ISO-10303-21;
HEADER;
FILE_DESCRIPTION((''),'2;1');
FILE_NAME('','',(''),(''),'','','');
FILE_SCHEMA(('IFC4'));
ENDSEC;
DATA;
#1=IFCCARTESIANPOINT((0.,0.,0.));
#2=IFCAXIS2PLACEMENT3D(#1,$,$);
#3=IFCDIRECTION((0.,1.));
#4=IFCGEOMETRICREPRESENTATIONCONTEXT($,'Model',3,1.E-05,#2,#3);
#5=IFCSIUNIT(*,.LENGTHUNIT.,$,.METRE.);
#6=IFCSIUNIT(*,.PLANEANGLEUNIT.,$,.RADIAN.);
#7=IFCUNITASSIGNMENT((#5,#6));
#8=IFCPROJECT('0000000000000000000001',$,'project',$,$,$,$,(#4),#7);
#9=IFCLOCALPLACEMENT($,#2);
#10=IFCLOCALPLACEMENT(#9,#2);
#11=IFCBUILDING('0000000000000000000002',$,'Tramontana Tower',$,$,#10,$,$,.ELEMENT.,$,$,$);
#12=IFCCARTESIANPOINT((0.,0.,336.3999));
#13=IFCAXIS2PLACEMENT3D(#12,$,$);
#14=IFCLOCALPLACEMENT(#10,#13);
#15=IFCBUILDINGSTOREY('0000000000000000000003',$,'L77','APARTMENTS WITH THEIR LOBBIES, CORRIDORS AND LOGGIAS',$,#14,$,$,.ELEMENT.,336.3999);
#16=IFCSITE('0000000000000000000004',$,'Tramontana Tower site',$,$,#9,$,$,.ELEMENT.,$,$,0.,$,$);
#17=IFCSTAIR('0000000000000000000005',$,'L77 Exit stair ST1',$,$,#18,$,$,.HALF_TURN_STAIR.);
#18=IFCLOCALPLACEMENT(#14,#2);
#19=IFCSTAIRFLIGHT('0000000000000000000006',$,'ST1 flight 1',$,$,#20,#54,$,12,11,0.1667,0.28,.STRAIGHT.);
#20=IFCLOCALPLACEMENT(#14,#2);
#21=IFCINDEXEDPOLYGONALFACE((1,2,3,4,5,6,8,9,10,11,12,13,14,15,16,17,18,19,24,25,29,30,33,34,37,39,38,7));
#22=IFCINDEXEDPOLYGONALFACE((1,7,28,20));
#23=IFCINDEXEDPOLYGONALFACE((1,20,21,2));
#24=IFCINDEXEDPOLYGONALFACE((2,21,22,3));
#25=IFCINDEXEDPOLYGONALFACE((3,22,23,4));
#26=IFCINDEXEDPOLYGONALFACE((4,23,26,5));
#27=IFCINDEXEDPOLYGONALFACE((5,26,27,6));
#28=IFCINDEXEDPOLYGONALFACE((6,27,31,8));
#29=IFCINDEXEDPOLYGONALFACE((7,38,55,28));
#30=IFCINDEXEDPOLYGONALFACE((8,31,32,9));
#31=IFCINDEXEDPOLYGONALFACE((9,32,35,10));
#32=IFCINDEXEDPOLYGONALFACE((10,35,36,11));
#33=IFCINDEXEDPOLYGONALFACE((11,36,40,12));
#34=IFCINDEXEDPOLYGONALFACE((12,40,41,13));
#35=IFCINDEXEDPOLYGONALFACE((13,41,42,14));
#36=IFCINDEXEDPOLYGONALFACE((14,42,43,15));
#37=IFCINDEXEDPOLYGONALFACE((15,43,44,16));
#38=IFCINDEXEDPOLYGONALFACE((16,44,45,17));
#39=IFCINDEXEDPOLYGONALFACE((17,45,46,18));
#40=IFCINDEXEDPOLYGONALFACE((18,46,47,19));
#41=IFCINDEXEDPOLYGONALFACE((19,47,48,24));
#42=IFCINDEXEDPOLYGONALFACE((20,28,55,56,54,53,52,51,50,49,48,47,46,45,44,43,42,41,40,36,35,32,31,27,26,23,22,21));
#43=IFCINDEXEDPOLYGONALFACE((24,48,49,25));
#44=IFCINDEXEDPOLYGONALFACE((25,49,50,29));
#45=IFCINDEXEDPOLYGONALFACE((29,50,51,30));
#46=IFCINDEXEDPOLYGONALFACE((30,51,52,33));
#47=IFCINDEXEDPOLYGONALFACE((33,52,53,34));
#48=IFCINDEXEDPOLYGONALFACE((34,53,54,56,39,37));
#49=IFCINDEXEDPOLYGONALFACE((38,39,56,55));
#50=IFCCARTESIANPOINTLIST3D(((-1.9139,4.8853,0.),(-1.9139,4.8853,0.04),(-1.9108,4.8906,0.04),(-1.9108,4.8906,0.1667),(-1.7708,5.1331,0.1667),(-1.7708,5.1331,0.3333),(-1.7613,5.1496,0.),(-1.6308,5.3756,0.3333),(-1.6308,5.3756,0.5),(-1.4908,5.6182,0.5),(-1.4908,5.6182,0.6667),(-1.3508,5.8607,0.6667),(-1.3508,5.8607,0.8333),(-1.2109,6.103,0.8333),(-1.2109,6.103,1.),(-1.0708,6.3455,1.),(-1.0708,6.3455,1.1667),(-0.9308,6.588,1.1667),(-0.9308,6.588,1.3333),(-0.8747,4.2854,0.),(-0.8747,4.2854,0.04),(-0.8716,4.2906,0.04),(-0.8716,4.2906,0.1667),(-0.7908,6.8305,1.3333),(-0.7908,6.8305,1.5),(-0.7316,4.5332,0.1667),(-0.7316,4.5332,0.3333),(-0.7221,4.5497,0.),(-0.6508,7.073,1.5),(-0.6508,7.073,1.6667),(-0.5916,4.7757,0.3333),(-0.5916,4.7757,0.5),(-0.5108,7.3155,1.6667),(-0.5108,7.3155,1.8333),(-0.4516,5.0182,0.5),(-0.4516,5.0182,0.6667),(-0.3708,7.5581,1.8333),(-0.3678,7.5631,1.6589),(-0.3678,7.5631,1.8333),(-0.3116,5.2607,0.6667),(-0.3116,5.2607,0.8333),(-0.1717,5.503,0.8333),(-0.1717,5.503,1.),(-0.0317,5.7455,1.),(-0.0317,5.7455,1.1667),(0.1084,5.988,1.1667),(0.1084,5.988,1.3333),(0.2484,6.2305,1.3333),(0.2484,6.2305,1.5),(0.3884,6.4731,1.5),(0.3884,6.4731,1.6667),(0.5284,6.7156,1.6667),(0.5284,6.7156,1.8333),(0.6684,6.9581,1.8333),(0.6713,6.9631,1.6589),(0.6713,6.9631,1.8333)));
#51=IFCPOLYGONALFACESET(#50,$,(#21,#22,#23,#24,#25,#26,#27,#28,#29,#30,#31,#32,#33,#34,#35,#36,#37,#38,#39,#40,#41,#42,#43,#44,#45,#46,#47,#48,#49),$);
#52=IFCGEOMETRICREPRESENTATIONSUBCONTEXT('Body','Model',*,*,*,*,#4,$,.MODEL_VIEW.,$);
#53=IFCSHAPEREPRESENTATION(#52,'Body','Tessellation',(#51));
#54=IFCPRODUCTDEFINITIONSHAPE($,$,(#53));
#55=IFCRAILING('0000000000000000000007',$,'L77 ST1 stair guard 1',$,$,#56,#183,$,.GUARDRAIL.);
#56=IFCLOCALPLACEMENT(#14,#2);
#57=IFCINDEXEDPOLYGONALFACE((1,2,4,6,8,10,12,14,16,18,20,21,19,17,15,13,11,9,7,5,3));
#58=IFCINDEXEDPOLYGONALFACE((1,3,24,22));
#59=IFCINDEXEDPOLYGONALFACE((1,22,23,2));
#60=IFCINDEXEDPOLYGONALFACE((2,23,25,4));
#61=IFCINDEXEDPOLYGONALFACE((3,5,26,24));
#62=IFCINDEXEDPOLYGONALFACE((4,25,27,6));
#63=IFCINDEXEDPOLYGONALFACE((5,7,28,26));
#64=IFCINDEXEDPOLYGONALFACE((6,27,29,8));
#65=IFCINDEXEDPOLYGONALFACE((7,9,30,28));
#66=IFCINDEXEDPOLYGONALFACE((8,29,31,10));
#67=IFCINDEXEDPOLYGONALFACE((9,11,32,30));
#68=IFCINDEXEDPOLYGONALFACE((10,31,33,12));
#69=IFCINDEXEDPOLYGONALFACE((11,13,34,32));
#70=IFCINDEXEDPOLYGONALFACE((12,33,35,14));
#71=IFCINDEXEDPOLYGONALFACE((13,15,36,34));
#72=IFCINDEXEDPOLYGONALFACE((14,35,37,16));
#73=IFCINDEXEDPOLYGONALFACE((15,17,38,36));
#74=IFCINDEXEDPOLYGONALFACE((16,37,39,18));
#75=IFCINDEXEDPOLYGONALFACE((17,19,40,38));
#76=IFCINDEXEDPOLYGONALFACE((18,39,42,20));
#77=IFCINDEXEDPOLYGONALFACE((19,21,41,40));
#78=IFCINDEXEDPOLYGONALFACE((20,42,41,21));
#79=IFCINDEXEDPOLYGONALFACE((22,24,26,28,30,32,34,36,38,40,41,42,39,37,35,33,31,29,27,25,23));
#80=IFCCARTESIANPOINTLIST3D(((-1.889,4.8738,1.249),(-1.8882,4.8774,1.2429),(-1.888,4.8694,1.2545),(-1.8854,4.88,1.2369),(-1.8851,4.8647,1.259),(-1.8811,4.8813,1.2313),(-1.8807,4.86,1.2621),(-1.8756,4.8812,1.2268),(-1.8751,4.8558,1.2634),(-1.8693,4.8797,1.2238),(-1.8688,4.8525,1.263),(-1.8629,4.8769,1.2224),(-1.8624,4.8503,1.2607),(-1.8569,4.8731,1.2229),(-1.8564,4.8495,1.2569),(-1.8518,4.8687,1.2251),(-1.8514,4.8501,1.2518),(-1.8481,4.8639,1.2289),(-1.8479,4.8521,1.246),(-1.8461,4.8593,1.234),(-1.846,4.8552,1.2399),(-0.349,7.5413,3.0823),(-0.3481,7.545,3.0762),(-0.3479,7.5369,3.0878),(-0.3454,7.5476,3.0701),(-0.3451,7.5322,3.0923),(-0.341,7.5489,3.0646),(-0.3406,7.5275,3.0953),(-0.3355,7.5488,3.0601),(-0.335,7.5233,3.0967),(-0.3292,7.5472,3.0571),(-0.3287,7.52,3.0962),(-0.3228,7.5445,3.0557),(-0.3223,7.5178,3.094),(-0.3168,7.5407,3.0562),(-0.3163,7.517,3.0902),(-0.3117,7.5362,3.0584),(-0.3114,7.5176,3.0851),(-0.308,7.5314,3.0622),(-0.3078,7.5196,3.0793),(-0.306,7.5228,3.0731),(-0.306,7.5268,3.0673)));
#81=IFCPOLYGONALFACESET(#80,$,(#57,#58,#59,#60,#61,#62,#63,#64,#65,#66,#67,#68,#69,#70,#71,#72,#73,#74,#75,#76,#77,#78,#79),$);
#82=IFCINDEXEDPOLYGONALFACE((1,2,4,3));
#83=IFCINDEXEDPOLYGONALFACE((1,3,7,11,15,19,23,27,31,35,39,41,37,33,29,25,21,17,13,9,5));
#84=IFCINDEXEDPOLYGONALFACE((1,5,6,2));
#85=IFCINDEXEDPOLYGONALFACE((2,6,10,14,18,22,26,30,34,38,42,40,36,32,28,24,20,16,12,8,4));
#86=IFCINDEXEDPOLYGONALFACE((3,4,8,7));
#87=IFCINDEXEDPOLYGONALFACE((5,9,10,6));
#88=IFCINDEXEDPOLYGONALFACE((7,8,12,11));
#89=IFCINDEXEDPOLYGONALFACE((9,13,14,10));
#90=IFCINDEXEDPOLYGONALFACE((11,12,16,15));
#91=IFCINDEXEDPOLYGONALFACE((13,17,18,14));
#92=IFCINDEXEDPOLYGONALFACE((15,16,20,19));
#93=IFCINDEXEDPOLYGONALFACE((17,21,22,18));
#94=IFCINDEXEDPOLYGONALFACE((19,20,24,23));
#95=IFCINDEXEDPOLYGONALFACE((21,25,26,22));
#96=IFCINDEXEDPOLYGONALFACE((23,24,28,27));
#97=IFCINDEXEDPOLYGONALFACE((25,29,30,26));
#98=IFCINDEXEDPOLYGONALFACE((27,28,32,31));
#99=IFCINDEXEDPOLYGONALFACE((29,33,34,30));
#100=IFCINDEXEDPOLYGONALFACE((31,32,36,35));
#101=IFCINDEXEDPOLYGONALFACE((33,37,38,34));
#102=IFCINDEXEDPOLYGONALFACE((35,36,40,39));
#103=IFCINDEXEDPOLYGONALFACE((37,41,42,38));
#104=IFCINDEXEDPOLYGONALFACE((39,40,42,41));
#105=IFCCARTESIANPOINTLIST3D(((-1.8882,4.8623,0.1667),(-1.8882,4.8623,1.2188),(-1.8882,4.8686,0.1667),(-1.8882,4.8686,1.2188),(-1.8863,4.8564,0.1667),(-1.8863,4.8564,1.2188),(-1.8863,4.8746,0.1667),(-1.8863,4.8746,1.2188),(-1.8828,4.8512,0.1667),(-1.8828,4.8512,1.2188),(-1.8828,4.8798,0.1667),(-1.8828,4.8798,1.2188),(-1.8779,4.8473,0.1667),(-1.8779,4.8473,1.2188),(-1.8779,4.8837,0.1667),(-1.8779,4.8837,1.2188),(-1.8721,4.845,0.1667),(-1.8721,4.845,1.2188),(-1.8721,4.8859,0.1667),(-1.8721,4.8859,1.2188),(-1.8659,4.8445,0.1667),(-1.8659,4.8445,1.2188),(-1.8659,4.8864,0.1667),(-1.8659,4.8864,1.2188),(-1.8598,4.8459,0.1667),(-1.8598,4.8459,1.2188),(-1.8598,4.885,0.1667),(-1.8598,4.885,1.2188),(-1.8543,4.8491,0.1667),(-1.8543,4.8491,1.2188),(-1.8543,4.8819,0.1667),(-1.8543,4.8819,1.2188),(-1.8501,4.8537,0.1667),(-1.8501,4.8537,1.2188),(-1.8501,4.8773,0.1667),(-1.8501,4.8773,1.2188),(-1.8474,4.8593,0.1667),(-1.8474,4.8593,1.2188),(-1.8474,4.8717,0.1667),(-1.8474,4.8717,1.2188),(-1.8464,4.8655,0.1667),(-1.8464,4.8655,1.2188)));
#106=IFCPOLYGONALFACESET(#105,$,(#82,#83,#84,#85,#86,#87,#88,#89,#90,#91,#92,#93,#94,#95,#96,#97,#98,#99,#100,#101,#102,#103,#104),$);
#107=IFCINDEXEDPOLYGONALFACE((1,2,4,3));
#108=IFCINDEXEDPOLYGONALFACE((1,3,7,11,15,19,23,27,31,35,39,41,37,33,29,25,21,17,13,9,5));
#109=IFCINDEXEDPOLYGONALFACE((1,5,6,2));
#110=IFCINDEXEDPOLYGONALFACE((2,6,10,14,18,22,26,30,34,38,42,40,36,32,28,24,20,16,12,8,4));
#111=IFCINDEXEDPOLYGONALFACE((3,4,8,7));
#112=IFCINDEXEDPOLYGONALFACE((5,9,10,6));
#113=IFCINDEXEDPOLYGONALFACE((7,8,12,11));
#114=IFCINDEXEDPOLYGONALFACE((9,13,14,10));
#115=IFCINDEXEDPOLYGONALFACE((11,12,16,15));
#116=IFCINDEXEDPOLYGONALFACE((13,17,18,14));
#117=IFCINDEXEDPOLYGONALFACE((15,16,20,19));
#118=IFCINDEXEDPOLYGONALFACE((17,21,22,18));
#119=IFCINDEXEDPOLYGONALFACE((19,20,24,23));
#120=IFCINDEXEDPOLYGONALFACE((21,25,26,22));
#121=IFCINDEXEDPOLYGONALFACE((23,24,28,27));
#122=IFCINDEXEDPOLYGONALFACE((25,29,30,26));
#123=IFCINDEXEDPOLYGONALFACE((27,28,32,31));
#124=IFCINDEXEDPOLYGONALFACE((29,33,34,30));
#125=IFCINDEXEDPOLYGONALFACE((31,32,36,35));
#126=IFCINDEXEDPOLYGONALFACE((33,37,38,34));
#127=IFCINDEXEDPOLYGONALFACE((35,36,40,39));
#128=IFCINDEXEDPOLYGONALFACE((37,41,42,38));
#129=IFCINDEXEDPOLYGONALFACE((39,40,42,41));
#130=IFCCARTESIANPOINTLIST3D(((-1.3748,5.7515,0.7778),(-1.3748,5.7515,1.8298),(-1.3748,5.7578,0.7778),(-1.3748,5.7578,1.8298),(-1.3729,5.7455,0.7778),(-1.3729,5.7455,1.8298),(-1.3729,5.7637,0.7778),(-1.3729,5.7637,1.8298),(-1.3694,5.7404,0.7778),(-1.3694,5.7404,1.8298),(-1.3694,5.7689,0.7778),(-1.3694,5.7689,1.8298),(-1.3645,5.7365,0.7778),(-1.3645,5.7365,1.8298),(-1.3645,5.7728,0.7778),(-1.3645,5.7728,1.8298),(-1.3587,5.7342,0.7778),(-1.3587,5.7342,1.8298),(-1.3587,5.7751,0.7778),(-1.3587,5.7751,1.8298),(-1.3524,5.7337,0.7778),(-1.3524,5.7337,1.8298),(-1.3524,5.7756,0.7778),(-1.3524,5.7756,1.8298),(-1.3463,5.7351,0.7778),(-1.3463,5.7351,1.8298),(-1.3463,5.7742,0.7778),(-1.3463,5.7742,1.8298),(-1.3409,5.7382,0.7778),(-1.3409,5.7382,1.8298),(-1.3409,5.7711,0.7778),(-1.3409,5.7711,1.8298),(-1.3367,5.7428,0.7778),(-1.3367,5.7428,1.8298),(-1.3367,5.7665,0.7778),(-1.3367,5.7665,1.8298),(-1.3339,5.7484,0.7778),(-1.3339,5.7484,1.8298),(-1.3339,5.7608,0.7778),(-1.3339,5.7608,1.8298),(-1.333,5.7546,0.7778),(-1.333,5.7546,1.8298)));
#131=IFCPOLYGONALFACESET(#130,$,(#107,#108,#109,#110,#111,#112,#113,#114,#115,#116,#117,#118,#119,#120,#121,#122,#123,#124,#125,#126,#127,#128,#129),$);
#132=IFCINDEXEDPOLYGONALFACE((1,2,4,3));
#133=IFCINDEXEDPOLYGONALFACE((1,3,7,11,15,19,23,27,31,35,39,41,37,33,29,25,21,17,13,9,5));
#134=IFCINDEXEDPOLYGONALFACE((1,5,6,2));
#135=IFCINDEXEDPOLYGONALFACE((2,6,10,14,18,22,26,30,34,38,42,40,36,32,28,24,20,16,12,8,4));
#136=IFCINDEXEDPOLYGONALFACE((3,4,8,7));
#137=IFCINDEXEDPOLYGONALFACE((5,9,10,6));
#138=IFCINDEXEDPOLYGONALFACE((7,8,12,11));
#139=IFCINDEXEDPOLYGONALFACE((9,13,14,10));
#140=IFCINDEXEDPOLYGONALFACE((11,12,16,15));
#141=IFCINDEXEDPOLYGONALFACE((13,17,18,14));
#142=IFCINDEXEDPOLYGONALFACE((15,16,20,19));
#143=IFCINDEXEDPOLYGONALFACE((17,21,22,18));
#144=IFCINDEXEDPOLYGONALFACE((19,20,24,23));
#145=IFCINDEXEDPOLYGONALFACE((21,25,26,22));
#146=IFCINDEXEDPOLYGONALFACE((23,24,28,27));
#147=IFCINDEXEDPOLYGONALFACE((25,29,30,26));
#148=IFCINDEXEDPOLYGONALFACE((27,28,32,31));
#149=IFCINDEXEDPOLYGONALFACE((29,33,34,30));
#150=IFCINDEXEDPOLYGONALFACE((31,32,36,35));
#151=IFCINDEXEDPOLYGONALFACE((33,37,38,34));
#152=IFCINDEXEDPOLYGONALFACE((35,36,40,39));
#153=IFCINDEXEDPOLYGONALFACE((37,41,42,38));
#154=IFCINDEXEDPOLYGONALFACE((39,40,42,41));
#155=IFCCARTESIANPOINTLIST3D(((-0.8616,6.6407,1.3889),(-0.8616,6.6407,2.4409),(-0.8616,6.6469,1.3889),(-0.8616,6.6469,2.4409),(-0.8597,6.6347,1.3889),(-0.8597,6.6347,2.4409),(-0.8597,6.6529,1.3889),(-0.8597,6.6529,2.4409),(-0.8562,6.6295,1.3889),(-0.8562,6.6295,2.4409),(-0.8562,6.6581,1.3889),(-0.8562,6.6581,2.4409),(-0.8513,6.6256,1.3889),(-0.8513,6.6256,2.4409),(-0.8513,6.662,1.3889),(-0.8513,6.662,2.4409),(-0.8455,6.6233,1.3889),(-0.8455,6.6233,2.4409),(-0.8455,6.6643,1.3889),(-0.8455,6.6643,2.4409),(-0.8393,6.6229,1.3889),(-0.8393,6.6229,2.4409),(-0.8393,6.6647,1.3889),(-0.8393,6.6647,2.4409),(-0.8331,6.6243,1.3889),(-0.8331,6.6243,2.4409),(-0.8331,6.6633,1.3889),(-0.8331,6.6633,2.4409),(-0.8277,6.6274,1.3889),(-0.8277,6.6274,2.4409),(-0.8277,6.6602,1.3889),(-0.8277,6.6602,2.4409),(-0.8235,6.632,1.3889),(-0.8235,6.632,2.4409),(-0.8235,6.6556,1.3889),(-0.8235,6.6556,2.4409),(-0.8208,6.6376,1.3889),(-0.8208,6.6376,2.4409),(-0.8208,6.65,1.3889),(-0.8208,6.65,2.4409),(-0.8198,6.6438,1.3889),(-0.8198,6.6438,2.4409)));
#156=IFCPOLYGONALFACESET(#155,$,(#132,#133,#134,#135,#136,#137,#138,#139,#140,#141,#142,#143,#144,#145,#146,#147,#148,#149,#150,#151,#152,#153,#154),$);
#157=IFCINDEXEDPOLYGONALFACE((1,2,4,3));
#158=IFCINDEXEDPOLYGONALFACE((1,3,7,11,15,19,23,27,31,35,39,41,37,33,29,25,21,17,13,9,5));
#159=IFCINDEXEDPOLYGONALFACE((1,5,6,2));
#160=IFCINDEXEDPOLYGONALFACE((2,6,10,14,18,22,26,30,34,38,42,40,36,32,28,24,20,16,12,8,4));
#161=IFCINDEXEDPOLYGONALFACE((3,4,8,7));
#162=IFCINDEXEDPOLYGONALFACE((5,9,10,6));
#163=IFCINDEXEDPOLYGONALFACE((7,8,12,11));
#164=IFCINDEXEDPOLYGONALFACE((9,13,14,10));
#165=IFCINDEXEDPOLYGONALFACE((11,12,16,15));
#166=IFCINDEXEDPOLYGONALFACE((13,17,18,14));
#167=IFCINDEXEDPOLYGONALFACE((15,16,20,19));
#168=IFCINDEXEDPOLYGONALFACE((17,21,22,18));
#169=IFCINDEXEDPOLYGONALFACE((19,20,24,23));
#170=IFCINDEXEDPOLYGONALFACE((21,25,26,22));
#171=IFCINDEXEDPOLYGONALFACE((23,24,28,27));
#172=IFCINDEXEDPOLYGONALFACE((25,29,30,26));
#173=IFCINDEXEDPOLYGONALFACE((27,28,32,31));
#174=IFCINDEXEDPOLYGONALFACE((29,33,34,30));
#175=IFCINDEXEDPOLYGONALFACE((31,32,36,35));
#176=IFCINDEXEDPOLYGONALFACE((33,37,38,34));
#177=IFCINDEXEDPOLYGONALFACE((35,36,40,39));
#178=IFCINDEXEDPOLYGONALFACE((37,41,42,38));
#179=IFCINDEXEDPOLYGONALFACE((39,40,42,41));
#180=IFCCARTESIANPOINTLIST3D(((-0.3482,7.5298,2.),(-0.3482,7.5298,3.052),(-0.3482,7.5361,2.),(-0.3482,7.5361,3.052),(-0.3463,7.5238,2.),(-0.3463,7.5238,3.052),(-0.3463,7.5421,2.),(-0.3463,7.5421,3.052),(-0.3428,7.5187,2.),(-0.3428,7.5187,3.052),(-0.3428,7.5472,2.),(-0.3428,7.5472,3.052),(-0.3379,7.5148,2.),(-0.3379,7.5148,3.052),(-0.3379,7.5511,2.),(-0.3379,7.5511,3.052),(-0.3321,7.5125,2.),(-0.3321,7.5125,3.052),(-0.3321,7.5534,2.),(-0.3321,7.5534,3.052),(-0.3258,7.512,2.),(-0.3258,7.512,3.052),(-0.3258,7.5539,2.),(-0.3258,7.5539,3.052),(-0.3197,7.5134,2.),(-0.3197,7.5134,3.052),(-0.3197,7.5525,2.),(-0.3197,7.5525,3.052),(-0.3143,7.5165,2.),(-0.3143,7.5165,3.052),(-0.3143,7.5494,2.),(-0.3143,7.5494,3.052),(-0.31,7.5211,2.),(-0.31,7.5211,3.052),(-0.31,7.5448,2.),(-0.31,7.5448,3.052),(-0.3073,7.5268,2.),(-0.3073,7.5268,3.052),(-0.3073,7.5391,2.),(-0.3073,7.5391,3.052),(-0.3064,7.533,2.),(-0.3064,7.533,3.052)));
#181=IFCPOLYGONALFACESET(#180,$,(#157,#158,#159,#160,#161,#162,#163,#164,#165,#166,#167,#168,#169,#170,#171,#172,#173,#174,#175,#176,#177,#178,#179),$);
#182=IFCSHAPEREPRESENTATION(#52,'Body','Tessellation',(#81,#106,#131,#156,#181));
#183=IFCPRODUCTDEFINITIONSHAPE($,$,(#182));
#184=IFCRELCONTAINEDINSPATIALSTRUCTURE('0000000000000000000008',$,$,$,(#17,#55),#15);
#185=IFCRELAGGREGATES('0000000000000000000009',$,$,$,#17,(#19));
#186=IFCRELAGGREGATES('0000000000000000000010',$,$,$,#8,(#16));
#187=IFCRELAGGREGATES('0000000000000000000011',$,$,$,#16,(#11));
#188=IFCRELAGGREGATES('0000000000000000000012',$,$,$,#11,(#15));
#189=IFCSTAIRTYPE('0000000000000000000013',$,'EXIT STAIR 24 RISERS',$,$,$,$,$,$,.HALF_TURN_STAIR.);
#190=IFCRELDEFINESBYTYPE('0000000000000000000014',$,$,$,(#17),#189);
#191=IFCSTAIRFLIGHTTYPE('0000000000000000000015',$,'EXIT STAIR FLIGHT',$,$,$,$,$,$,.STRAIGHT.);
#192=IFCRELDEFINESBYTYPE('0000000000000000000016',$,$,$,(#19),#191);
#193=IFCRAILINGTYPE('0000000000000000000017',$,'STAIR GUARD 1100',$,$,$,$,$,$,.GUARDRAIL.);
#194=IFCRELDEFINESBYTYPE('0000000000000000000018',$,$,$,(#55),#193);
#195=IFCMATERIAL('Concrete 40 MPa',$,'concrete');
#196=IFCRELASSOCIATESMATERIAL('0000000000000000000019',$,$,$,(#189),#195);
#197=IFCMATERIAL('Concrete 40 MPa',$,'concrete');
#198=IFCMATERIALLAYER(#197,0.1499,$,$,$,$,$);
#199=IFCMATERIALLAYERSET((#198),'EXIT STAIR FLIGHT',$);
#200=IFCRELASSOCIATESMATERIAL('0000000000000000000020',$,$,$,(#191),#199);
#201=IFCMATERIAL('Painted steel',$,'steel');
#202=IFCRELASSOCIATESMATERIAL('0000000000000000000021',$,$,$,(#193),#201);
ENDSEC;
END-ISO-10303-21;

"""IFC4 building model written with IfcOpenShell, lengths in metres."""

from ifc_helpers import new_model, si_unit, direction, frame, origin, origin_2d, place, context, subcontext, project, spatial, polyline, circle, outline, extrude, material, layer, layer_set, type_object, element, aggregate, save


model = new_model("IFC4")

# Units and contexts
model_context = context("Model", 3, precision=1e-05, world=origin(), true_north=direction((0.0, 1.0)))
body_context = subcontext(model_context, "Body", "Model", "MODEL_VIEW")
ifc_project = project(units=[si_unit("LENGTHUNIT", "METRE"), si_unit("PLANEANGLEUNIT", "RADIAN")], contexts=[model_context])

# Site, building, storey
site_placement = place(None, origin())
site = spatial("IfcSite", under=ifc_project, at=site_placement, Name="Tramontana Tower site", CompositionType="ELEMENT", RefElevation=0.0)
building_placement = place(site_placement, origin())
building = spatial("IfcBuilding", under=site, at=building_placement, Name="Tramontana Tower", CompositionType="ELEMENT")
storey_placement = place(building_placement, frame((0.0, 0.0, 336.3999)))
storey = spatial("IfcBuildingStorey", under=building, at=storey_placement, Name="L77", Description="APARTMENTS WITH THEIR LOBBIES, CORRIDORS AND LOGGIAS", CompositionType="ELEMENT", Elevation=336.3999)

# Stair, stair flight
ifc_material_1 = material(Name="Concrete 40 MPa", Category="concrete")
stair_type = type_object("IfcStairType", Name="EXIT STAIR 24 RISERS", PredefinedType="HALF_TURN_STAIR", material=ifc_material_1)
stair_placement = place(storey_placement, origin())
stair = element("IfcStair", 1, at=stair_placement, inside=storey, type_object=stair_type, Name="L77 Exit stair ST1", PredefinedType="HALF_TURN_STAIR")
ifc_material_2 = material(Name="Concrete 40 MPa", Category="concrete")
ifc_layer_1 = layer(ifc_material_2, 0.1499)
ifc_layer_set_1 = layer_set([ifc_layer_1], Name="EXIT STAIR FLIGHT")
stair_flight_type = type_object("IfcStairFlightType", Name="EXIT STAIR FLIGHT", PredefinedType="STRAIGHT", material=ifc_layer_set_1)
stair_flight_placement = place(storey_placement, frame((-1.3911, 4.5906, 0.0), z_axis=(0.0, 0.0, 1.0), x_axis=(0.5, 0.866025, 0.0)))
stair_flight = element("IfcStairFlight", 2, at=stair_flight_placement, type_object=stair_flight_type, Name="ST1 flight 1", NumberOfRisers=12, NumberOfTreads=11, PredefinedType="STRAIGHT", RiserHeight=0.1667, TreadLength=0.28, context=body_context, shape_type="SweptSolid", body=[
    extrude(outline(polyline([(-0.0061, 0.0), (-0.0061, 0.04), (0.0, 0.04), (0.0, 0.1667), (0.28, 0.1667), (0.28, 0.3333), (0.5601, 0.3333), (0.5601, 0.5), (0.8401, 0.5), (0.8401, 0.6667), (1.1201, 0.6667), (1.1201, 0.8333), (1.3999, 0.8333), (1.3999, 1.0), (1.6799, 1.0), (1.6799, 1.1667), (1.96, 1.1667), (1.96, 1.3333), (2.24, 1.3333), (2.24, 1.5), (2.52, 1.5), (2.52, 1.6667), (2.8, 1.6667), (2.8, 1.8333), (3.0801, 1.8333), (3.0859, 1.8333), (3.0859, 1.6589), (0.2991, 0.0), (-0.0061, 0.0)])), frame((0.0, 0.6001, 0.0), z_axis=(0.0, -1.0, 0.0), x_axis=(1.0, 0.0, 0.0)), (0.0, 0.0, 1.0), 1.2),
])
aggregate(stair, [stair_flight])

# Railing
ifc_material_3 = material(Name="Painted steel", Category="steel")
railing_type_1 = type_object("IfcRailingType", Name="STAIR GUARD 1100", PredefinedType="GUARDRAIL", material=ifc_material_3)
railing_1_placement = place(storey_placement, frame((-1.8674, 4.8655, 0.1667)))
element("IfcRailing", 3, at=railing_1_placement, inside=storey, type_object=railing_type_1, Name="L77 ST1 stair guard 1", PredefinedType="GUARDRAIL", context=body_context, shape_type="SweptSolid", body=[
    extrude(circle(Radius=0.0239, at=origin_2d()), frame((0.0, 0.0, 1.0762), z_axis=(0.429649, 0.74419, 0.511452), x_axis=(-0.86603, 0.499992, 0.0)), (0.0, 0.0, 1.0), 3.5845),
    extrude(circle(Radius=0.021, at=origin_2d()), origin(), (0.0, 0.0, 1.0), 1.052),
    extrude(circle(Radius=0.021, at=origin_2d()), frame((0.5134, 0.8892, 0.6111)), (0.0, 0.0, 1.0), 1.052),
    extrude(circle(Radius=0.021, at=origin_2d()), frame((1.0266, 1.7783, 1.2222)), (0.0, 0.0, 1.0), 1.052),
    extrude(circle(Radius=0.021, at=origin_2d()), frame((1.54, 2.6675, 1.8333)), (0.0, 0.0, 1.0), 1.052),
])

save(model, "model.ifc")
